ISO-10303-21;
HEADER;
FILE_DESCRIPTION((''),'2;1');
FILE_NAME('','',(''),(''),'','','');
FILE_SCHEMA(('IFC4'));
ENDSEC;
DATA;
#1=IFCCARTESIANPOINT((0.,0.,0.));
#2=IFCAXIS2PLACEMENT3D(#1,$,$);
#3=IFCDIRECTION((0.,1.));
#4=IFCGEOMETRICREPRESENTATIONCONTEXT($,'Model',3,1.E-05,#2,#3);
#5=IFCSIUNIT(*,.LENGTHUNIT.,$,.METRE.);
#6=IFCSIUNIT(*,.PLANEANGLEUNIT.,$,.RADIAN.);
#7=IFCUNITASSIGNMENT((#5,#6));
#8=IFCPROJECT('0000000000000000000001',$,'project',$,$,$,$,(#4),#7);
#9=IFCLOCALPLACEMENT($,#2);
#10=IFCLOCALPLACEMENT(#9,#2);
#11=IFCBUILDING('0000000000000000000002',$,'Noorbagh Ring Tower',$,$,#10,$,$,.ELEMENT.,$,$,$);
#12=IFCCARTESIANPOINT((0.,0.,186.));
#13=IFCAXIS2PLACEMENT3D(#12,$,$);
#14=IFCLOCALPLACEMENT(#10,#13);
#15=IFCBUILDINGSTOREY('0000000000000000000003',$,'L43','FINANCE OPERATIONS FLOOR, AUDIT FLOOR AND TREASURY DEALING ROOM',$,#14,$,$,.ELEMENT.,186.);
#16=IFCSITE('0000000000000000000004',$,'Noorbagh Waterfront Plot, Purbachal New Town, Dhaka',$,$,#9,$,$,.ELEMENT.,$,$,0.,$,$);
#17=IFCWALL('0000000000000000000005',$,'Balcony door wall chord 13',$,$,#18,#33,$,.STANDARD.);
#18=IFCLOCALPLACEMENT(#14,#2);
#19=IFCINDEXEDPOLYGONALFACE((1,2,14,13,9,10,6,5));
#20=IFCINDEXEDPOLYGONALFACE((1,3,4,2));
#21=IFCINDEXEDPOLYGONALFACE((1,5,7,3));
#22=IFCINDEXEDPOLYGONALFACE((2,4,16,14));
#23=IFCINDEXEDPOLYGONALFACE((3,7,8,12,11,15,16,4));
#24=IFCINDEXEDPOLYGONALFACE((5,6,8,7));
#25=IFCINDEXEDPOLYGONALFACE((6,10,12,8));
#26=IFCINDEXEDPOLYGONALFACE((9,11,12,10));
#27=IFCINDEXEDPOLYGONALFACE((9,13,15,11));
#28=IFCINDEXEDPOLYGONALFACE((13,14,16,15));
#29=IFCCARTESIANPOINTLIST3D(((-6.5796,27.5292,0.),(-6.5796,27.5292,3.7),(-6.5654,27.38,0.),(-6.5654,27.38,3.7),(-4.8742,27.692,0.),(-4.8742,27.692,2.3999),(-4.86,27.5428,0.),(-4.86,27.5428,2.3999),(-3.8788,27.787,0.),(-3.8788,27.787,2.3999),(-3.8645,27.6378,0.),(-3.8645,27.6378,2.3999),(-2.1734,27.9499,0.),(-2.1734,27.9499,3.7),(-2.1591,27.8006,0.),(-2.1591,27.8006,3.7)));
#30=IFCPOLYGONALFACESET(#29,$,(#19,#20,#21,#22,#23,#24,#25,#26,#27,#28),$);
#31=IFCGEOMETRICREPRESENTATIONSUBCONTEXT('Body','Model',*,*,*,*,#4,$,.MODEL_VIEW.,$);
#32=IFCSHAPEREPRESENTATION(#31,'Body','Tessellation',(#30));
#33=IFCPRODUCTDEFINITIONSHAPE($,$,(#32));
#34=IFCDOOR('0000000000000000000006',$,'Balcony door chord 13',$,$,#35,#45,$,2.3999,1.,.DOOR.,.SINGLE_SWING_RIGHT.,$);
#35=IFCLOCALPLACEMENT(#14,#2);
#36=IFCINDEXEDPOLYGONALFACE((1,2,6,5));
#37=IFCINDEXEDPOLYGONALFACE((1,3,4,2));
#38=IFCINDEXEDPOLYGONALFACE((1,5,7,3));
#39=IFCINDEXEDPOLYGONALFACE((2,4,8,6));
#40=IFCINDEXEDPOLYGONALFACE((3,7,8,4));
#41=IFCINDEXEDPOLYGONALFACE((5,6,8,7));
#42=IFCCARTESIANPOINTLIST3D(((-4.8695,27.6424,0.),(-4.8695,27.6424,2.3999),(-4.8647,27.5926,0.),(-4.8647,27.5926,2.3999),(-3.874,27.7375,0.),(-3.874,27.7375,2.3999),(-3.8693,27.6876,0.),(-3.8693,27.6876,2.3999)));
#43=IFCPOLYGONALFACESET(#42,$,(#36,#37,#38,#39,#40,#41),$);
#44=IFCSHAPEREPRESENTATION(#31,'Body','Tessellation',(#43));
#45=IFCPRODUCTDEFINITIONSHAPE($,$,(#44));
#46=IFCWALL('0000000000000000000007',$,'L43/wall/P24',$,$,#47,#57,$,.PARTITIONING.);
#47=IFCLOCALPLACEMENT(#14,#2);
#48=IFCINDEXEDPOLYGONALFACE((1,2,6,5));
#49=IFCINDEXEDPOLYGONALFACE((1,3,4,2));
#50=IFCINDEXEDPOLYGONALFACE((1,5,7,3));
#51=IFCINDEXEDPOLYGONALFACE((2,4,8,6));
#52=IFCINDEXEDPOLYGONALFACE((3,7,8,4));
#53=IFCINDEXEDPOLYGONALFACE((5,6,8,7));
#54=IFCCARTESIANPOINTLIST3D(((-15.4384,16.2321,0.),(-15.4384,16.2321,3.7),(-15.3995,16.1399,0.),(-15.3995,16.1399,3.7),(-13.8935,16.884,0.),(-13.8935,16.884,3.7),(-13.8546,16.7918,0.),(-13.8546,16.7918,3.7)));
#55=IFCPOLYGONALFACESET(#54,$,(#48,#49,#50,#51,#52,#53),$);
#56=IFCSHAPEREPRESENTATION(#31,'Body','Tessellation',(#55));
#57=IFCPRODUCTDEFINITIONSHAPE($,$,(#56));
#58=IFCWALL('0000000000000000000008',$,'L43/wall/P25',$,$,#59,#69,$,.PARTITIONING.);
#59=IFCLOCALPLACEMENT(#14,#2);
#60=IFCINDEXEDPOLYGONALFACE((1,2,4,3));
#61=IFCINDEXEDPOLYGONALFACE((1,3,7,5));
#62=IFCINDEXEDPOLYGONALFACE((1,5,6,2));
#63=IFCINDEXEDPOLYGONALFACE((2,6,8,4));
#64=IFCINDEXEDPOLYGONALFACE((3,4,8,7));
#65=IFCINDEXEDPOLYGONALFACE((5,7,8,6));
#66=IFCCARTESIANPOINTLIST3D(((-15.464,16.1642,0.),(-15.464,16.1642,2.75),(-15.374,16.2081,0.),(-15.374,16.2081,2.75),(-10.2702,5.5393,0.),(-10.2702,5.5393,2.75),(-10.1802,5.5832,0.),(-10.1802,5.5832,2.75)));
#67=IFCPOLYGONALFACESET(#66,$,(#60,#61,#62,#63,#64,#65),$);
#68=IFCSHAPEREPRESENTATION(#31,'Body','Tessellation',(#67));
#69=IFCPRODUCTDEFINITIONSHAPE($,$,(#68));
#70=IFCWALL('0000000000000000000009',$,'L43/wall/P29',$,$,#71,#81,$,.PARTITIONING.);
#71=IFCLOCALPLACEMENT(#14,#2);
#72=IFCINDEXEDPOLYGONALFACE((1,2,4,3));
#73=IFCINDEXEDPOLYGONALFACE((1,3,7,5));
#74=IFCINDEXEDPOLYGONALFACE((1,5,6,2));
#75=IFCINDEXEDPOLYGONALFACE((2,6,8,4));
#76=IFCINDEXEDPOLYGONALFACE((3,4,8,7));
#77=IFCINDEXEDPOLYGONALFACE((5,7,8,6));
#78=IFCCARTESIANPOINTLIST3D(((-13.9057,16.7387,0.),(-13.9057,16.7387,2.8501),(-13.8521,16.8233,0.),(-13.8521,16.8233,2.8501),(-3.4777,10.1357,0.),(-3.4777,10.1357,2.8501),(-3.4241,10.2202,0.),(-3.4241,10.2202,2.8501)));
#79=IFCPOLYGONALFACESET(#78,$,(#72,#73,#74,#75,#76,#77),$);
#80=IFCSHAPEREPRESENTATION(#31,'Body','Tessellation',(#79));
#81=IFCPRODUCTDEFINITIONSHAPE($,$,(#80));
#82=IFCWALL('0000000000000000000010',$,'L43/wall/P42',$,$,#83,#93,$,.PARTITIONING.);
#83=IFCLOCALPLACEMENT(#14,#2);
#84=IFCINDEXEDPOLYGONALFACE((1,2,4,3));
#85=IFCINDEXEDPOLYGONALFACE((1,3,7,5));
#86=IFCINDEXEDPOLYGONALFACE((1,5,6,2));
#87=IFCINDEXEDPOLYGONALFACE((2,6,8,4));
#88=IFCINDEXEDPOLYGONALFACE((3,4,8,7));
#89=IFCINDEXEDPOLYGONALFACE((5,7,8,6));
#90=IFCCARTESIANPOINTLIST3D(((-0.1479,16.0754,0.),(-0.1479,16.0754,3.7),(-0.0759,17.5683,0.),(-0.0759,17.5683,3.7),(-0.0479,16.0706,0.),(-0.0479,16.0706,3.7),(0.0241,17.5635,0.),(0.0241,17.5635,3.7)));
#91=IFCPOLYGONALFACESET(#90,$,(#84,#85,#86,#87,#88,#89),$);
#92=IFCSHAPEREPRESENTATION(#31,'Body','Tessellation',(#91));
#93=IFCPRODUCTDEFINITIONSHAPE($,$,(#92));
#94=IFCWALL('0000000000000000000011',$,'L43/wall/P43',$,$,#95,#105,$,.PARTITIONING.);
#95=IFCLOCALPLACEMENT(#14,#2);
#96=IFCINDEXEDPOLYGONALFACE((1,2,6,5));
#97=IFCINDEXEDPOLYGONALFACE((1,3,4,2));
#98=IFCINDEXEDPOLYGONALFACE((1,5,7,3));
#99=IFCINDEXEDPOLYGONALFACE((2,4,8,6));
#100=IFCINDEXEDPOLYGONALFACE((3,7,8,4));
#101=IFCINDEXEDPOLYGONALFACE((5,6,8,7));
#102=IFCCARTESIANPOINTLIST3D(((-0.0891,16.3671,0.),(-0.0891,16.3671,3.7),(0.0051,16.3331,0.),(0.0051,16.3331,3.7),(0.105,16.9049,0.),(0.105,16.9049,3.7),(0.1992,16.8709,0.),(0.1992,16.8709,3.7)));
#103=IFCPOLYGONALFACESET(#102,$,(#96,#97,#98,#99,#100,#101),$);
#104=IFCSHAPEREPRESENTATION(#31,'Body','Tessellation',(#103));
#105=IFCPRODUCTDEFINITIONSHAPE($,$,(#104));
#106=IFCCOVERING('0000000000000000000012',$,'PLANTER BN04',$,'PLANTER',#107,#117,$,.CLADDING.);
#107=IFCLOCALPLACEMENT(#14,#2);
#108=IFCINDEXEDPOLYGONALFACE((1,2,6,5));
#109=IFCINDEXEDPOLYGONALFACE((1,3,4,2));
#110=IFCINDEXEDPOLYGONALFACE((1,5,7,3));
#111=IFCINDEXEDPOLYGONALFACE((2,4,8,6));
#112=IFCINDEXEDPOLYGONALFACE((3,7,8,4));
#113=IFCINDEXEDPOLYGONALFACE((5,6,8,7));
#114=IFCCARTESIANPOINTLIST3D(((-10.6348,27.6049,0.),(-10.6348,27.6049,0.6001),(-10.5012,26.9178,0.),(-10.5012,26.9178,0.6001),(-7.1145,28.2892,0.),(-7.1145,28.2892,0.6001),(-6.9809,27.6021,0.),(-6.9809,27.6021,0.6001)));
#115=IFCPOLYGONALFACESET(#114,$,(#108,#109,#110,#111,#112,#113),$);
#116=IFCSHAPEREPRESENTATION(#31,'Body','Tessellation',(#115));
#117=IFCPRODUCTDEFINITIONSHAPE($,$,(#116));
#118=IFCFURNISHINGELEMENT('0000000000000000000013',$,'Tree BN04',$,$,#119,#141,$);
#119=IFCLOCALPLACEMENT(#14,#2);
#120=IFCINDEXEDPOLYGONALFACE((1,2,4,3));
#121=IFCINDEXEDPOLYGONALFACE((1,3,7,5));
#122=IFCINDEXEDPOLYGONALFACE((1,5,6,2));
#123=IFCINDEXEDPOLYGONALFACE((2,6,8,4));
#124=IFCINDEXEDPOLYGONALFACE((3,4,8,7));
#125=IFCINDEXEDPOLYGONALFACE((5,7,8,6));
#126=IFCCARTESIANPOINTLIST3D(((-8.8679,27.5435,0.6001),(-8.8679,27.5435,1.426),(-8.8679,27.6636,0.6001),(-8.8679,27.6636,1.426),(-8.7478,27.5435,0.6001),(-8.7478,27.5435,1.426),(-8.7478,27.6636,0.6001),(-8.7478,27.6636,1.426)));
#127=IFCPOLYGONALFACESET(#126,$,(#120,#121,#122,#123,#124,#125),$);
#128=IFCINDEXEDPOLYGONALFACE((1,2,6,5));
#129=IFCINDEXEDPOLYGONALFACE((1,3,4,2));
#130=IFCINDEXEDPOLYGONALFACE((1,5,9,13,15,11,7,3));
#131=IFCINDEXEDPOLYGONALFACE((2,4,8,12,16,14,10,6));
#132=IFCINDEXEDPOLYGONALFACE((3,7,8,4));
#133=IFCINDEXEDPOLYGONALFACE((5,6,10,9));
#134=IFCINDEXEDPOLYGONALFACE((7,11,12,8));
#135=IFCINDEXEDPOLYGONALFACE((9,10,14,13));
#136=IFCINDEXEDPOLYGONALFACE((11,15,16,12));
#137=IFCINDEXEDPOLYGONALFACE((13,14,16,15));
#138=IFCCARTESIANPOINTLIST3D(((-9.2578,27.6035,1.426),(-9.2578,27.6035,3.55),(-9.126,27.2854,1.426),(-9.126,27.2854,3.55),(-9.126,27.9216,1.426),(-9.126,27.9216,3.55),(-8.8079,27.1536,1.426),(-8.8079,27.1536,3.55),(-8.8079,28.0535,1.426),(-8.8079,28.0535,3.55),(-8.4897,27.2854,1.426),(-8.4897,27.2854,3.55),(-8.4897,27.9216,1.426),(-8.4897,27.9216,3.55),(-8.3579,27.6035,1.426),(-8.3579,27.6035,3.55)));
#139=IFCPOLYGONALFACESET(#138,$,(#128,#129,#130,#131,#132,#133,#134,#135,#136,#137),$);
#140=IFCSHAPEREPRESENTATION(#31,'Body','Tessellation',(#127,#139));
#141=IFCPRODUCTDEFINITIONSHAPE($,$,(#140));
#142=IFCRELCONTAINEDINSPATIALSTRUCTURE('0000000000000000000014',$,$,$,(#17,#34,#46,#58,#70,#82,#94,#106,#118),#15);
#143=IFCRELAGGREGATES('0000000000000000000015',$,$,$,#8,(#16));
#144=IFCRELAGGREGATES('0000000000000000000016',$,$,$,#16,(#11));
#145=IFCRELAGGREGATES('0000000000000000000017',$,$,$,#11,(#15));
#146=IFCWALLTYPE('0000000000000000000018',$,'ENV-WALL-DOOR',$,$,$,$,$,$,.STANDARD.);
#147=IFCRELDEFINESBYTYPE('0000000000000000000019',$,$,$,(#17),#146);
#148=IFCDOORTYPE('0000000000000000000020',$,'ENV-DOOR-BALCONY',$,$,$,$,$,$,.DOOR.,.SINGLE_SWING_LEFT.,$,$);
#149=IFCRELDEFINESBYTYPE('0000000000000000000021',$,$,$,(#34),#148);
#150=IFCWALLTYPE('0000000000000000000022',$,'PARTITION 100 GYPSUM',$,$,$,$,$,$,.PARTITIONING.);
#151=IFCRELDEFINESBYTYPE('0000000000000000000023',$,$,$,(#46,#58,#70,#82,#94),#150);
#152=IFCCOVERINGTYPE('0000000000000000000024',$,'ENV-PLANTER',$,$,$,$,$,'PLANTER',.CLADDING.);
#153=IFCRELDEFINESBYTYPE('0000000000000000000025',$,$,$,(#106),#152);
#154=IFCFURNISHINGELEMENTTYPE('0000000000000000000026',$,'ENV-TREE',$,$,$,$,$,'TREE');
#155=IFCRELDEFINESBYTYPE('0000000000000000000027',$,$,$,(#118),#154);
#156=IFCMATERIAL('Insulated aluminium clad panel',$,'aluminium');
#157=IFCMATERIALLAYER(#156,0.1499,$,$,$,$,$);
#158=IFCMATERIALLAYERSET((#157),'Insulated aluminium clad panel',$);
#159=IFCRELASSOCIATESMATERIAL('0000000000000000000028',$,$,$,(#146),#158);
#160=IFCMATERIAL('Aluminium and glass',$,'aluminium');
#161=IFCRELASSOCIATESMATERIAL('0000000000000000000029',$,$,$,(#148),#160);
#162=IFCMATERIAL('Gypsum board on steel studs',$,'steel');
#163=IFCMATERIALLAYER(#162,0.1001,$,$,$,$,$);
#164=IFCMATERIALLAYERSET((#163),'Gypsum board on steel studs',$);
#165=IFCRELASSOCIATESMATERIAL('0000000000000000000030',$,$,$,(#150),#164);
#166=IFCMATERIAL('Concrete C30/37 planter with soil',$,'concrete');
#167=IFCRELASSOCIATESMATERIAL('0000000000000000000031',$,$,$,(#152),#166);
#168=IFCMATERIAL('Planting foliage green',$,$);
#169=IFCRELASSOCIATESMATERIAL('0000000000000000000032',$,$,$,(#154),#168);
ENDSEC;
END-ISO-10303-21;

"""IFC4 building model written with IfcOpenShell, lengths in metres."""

from ifc_helpers import new_model, si_unit, direction, frame, frame_2d, origin, origin_2d, place, context, subcontext, project, spatial, polyline, rectangle, outline, extrude, material, layer, layer_set, type_object, element, fill, save


model = new_model("IFC4")

# Units and contexts
model_context = context("Model", 3, precision=1e-05, world=origin(), true_north=direction((0.0, 1.0)))
body_context = subcontext(model_context, "Body", "Model", "MODEL_VIEW")
ifc_project = project(units=[si_unit("LENGTHUNIT", "METRE"), si_unit("PLANEANGLEUNIT", "RADIAN")], contexts=[model_context])

# Site, building, storey
site_placement = place(None, origin())
site = spatial("IfcSite", under=ifc_project, at=site_placement, Name="Noorbagh Waterfront Plot, Purbachal New Town, Dhaka", CompositionType="ELEMENT", RefElevation=0.0)
building_placement = place(site_placement, origin())
building = spatial("IfcBuilding", under=site, at=building_placement, Name="Noorbagh Ring Tower", CompositionType="ELEMENT")
storey_placement = place(building_placement, frame((0.0, 0.0, 186.0)))
storey = spatial("IfcBuildingStorey", under=building, at=storey_placement, Name="L43", Description="FINANCE OPERATIONS FLOOR, AUDIT FLOOR AND TREASURY DEALING ROOM", CompositionType="ELEMENT", Elevation=186.0)

# Wall, opening, door
ifc_material_1 = material(Name="Insulated aluminium clad panel", Category="aluminium")
ifc_layer_1 = layer(ifc_material_1, 0.1499)
ifc_layer_set_1 = layer_set([ifc_layer_1], Name="Insulated aluminium clad panel")
wall_type_1 = type_object("IfcWallType", Name="ENV-WALL-DOOR", PredefinedType="STANDARD", material=ifc_layer_set_1)
wall_1_placement = place(storey_placement, frame((-2.1663, 27.8752, 0.0), z_axis=(0.0, 0.0, 1.0), x_axis=(-0.995474, -0.095036, 0.0)))
wall_1 = element("IfcWall", 1, at=wall_1_placement, inside=storey, type_object=wall_type_1, Name="Balcony door wall chord 13", PredefinedType="STANDARD", context=body_context, shape_type="SweptSolid", body=[
    extrude(rectangle(XDim=4.4263, YDim=0.1499, at=frame_2d((2.2131, 0.0))), origin(), (0.0, 0.0, 1.0), 3.7),
])
opening_placement = place(wall_1_placement, frame((1.7131, 0.0, 0.0)))
opening = element("IfcOpeningElement", 2, at=opening_placement, cuts=wall_1, PredefinedType="OPENING", context=body_context, shape_type="SweptSolid", body=[
    extrude(rectangle(XDim=1.0, YDim=2.3999, at=frame_2d((0.5, 1.2))), frame((0.0, 0.085, 0.0), z_axis=(0.0, -1.0, 0.0), x_axis=(1.0, 0.0, 0.0)), (0.0, 0.0, 1.0), 0.1699),
])
ifc_material_2 = material(Name="Aluminium and glass", Category="aluminium")
door_type = type_object("IfcDoorType", Name="ENV-DOOR-BALCONY", OperationType="SINGLE_SWING_LEFT", PredefinedType="DOOR", material=ifc_material_2)
door_placement = place(opening_placement, origin())
door = element("IfcDoor", 3, at=door_placement, inside=storey, type_object=door_type, Name="Balcony door chord 13", OperationType="SINGLE_SWING_RIGHT", OverallHeight=2.3999, OverallWidth=1.0, PredefinedType="DOOR", context=body_context, shape_type="SweptSolid", body=[
    extrude(rectangle(XDim=1.0, YDim=2.3999, at=frame_2d((0.5, 1.2))), frame((0.0, 0.0249, 0.0), z_axis=(0.0, -1.0, 0.0), x_axis=(1.0, 0.0, 0.0)), (0.0, 0.0, 1.0), 0.05),
])
fill(opening, door)

# Walls
ifc_material_3 = material(Name="Gypsum board on steel studs", Category="steel")
ifc_layer_2 = layer(ifc_material_3, 0.1001)
ifc_layer_set_2 = layer_set([ifc_layer_2], Name="Gypsum board on steel studs")
wall_type_2 = type_object("IfcWallType", Name="PARTITION 100 GYPSUM", PredefinedType="PARTITIONING", material=ifc_layer_set_2)
wall_2_placement = place(storey_placement, frame((-15.4189, 16.186, 0.0), z_axis=(0.0, 0.0, 1.0), x_axis=(0.921345, 0.388747, 0.0)))
element("IfcWall", 4, at=wall_2_placement, inside=storey, type_object=wall_type_2, Name="L43/wall/P24", PredefinedType="PARTITIONING", context=body_context, shape_type="SweptSolid", body=[
    extrude(rectangle(XDim=1.6768, YDim=0.1001, at=frame_2d((0.8384, 0.0))), origin(), (0.0, 0.0, 1.0), 3.7),
])
wall_3_placement = place(storey_placement, frame((-15.4189, 16.186, 0.0), z_axis=(0.0, 0.0, 1.0), x_axis=(0.439169, -0.898404, 0.0)))
element("IfcWall", 5, at=wall_3_placement, inside=storey, type_object=wall_type_2, Name="L43/wall/P25", PredefinedType="PARTITIONING", context=body_context, shape_type="SweptSolid", body=[
    extrude(rectangle(XDim=11.8264, YDim=0.1001, at=frame_2d((5.9131, 0.0))), origin(), (0.0, 0.0, 1.0), 2.75),
])
wall_4_placement = place(storey_placement, frame((-13.8789, 16.781, 0.0), z_axis=(0.0, 0.0, 1.0), x_axis=(0.844869, -0.534973, 0.0)))
element("IfcWall", 6, at=wall_4_placement, inside=storey, type_object=wall_type_2, Name="L43/wall/P29", PredefinedType="PARTITIONING", context=body_context, shape_type="SweptSolid", body=[
    extrude(rectangle(XDim=12.3428, YDim=0.1001, at=frame_2d((6.1714, 0.0))), origin(), (0.0, 0.0, 1.0), 2.8501),
])
wall_5_placement = place(storey_placement, frame((-0.0979, 16.073, 0.0), z_axis=(0.0, 0.0, 1.0), x_axis=(0.048186, 0.998838, 0.0)))
element("IfcWall", 7, at=wall_5_placement, inside=storey, type_object=wall_type_2, Name="L43/wall/P42", PredefinedType="PARTITIONING", context=body_context, shape_type="SweptSolid", body=[
    extrude(rectangle(XDim=1.4946, YDim=0.1001, at=frame_2d((0.7473, 0.0))), origin(), (0.0, 0.0, 1.0), 3.7),
])
wall_6_placement = place(storey_placement, frame((-0.042, 16.3501, 0.0), z_axis=(0.0, 0.0, 1.0), x_axis=(0.339445, 0.940626, 0.0)))
element("IfcWall", 8, at=wall_6_placement, inside=storey, type_object=wall_type_2, Name="L43/wall/P43", PredefinedType="PARTITIONING", context=body_context, shape_type="SweptSolid", body=[
    extrude(rectangle(XDim=0.5718, YDim=0.1001, at=frame_2d((0.2859, 0.0))), origin(), (0.0, 0.0, 1.0), 3.7),
])

# Covering
ifc_material_4 = material(Name="Concrete C30/37 planter with soil", Category="concrete")
covering_type = type_object("IfcCoveringType", Name="ENV-PLANTER", ElementType="PLANTER", PredefinedType="CLADDING", material=ifc_material_4)
covering_placement = place(storey_placement, frame((-8.8079, 27.6035, 0.0), z_axis=(0.0, 0.0, 1.0), x_axis=(-0.981625, -0.19082, 0.0)))
element("IfcCovering", 9, at=covering_placement, inside=storey, type_object=covering_type, Name="PLANTER BN04", ObjectType="PLANTER", PredefinedType="CLADDING", context=body_context, shape_type="SweptSolid", body=[
    extrude(rectangle(XDim=3.5862, YDim=0.7, at=origin_2d()), origin(), (0.0, 0.0, 1.0), 0.6001),
])

# Furnishing element
ifc_material_5 = material(Name="Planting foliage green")
furnishing_element_type = type_object("IfcFurnishingElementType", Name="ENV-TREE", ElementType="TREE", material=ifc_material_5)
furnishing_placement = place(storey_placement, frame((-8.8079, 27.6035, 0.6001), z_axis=(0.0, 0.0, 1.0), x_axis=(1.0, 0.0, 0.0)))
element("IfcFurnishingElement", 10, at=furnishing_placement, inside=storey, type_object=furnishing_element_type, Name="Tree BN04", context=body_context, shape_type="SweptSolid", body=[
    extrude(rectangle(XDim=0.1201, YDim=0.1201, at=origin_2d()), origin(), (0.0, 0.0, 1.0), 0.8259),
    extrude(outline(polyline([(0.45, 0.0), (0.3181, 0.3181), (0.0, 0.45), (-0.3181, 0.3181), (-0.45, 0.0), (-0.3181, -0.3181), (0.0, -0.45), (0.3181, -0.3181), (0.45, 0.0)])), frame((0.0, 0.0, 0.8259)), (0.0, 0.0, 1.0), 2.124),
])

save(model, "model.ifc")
